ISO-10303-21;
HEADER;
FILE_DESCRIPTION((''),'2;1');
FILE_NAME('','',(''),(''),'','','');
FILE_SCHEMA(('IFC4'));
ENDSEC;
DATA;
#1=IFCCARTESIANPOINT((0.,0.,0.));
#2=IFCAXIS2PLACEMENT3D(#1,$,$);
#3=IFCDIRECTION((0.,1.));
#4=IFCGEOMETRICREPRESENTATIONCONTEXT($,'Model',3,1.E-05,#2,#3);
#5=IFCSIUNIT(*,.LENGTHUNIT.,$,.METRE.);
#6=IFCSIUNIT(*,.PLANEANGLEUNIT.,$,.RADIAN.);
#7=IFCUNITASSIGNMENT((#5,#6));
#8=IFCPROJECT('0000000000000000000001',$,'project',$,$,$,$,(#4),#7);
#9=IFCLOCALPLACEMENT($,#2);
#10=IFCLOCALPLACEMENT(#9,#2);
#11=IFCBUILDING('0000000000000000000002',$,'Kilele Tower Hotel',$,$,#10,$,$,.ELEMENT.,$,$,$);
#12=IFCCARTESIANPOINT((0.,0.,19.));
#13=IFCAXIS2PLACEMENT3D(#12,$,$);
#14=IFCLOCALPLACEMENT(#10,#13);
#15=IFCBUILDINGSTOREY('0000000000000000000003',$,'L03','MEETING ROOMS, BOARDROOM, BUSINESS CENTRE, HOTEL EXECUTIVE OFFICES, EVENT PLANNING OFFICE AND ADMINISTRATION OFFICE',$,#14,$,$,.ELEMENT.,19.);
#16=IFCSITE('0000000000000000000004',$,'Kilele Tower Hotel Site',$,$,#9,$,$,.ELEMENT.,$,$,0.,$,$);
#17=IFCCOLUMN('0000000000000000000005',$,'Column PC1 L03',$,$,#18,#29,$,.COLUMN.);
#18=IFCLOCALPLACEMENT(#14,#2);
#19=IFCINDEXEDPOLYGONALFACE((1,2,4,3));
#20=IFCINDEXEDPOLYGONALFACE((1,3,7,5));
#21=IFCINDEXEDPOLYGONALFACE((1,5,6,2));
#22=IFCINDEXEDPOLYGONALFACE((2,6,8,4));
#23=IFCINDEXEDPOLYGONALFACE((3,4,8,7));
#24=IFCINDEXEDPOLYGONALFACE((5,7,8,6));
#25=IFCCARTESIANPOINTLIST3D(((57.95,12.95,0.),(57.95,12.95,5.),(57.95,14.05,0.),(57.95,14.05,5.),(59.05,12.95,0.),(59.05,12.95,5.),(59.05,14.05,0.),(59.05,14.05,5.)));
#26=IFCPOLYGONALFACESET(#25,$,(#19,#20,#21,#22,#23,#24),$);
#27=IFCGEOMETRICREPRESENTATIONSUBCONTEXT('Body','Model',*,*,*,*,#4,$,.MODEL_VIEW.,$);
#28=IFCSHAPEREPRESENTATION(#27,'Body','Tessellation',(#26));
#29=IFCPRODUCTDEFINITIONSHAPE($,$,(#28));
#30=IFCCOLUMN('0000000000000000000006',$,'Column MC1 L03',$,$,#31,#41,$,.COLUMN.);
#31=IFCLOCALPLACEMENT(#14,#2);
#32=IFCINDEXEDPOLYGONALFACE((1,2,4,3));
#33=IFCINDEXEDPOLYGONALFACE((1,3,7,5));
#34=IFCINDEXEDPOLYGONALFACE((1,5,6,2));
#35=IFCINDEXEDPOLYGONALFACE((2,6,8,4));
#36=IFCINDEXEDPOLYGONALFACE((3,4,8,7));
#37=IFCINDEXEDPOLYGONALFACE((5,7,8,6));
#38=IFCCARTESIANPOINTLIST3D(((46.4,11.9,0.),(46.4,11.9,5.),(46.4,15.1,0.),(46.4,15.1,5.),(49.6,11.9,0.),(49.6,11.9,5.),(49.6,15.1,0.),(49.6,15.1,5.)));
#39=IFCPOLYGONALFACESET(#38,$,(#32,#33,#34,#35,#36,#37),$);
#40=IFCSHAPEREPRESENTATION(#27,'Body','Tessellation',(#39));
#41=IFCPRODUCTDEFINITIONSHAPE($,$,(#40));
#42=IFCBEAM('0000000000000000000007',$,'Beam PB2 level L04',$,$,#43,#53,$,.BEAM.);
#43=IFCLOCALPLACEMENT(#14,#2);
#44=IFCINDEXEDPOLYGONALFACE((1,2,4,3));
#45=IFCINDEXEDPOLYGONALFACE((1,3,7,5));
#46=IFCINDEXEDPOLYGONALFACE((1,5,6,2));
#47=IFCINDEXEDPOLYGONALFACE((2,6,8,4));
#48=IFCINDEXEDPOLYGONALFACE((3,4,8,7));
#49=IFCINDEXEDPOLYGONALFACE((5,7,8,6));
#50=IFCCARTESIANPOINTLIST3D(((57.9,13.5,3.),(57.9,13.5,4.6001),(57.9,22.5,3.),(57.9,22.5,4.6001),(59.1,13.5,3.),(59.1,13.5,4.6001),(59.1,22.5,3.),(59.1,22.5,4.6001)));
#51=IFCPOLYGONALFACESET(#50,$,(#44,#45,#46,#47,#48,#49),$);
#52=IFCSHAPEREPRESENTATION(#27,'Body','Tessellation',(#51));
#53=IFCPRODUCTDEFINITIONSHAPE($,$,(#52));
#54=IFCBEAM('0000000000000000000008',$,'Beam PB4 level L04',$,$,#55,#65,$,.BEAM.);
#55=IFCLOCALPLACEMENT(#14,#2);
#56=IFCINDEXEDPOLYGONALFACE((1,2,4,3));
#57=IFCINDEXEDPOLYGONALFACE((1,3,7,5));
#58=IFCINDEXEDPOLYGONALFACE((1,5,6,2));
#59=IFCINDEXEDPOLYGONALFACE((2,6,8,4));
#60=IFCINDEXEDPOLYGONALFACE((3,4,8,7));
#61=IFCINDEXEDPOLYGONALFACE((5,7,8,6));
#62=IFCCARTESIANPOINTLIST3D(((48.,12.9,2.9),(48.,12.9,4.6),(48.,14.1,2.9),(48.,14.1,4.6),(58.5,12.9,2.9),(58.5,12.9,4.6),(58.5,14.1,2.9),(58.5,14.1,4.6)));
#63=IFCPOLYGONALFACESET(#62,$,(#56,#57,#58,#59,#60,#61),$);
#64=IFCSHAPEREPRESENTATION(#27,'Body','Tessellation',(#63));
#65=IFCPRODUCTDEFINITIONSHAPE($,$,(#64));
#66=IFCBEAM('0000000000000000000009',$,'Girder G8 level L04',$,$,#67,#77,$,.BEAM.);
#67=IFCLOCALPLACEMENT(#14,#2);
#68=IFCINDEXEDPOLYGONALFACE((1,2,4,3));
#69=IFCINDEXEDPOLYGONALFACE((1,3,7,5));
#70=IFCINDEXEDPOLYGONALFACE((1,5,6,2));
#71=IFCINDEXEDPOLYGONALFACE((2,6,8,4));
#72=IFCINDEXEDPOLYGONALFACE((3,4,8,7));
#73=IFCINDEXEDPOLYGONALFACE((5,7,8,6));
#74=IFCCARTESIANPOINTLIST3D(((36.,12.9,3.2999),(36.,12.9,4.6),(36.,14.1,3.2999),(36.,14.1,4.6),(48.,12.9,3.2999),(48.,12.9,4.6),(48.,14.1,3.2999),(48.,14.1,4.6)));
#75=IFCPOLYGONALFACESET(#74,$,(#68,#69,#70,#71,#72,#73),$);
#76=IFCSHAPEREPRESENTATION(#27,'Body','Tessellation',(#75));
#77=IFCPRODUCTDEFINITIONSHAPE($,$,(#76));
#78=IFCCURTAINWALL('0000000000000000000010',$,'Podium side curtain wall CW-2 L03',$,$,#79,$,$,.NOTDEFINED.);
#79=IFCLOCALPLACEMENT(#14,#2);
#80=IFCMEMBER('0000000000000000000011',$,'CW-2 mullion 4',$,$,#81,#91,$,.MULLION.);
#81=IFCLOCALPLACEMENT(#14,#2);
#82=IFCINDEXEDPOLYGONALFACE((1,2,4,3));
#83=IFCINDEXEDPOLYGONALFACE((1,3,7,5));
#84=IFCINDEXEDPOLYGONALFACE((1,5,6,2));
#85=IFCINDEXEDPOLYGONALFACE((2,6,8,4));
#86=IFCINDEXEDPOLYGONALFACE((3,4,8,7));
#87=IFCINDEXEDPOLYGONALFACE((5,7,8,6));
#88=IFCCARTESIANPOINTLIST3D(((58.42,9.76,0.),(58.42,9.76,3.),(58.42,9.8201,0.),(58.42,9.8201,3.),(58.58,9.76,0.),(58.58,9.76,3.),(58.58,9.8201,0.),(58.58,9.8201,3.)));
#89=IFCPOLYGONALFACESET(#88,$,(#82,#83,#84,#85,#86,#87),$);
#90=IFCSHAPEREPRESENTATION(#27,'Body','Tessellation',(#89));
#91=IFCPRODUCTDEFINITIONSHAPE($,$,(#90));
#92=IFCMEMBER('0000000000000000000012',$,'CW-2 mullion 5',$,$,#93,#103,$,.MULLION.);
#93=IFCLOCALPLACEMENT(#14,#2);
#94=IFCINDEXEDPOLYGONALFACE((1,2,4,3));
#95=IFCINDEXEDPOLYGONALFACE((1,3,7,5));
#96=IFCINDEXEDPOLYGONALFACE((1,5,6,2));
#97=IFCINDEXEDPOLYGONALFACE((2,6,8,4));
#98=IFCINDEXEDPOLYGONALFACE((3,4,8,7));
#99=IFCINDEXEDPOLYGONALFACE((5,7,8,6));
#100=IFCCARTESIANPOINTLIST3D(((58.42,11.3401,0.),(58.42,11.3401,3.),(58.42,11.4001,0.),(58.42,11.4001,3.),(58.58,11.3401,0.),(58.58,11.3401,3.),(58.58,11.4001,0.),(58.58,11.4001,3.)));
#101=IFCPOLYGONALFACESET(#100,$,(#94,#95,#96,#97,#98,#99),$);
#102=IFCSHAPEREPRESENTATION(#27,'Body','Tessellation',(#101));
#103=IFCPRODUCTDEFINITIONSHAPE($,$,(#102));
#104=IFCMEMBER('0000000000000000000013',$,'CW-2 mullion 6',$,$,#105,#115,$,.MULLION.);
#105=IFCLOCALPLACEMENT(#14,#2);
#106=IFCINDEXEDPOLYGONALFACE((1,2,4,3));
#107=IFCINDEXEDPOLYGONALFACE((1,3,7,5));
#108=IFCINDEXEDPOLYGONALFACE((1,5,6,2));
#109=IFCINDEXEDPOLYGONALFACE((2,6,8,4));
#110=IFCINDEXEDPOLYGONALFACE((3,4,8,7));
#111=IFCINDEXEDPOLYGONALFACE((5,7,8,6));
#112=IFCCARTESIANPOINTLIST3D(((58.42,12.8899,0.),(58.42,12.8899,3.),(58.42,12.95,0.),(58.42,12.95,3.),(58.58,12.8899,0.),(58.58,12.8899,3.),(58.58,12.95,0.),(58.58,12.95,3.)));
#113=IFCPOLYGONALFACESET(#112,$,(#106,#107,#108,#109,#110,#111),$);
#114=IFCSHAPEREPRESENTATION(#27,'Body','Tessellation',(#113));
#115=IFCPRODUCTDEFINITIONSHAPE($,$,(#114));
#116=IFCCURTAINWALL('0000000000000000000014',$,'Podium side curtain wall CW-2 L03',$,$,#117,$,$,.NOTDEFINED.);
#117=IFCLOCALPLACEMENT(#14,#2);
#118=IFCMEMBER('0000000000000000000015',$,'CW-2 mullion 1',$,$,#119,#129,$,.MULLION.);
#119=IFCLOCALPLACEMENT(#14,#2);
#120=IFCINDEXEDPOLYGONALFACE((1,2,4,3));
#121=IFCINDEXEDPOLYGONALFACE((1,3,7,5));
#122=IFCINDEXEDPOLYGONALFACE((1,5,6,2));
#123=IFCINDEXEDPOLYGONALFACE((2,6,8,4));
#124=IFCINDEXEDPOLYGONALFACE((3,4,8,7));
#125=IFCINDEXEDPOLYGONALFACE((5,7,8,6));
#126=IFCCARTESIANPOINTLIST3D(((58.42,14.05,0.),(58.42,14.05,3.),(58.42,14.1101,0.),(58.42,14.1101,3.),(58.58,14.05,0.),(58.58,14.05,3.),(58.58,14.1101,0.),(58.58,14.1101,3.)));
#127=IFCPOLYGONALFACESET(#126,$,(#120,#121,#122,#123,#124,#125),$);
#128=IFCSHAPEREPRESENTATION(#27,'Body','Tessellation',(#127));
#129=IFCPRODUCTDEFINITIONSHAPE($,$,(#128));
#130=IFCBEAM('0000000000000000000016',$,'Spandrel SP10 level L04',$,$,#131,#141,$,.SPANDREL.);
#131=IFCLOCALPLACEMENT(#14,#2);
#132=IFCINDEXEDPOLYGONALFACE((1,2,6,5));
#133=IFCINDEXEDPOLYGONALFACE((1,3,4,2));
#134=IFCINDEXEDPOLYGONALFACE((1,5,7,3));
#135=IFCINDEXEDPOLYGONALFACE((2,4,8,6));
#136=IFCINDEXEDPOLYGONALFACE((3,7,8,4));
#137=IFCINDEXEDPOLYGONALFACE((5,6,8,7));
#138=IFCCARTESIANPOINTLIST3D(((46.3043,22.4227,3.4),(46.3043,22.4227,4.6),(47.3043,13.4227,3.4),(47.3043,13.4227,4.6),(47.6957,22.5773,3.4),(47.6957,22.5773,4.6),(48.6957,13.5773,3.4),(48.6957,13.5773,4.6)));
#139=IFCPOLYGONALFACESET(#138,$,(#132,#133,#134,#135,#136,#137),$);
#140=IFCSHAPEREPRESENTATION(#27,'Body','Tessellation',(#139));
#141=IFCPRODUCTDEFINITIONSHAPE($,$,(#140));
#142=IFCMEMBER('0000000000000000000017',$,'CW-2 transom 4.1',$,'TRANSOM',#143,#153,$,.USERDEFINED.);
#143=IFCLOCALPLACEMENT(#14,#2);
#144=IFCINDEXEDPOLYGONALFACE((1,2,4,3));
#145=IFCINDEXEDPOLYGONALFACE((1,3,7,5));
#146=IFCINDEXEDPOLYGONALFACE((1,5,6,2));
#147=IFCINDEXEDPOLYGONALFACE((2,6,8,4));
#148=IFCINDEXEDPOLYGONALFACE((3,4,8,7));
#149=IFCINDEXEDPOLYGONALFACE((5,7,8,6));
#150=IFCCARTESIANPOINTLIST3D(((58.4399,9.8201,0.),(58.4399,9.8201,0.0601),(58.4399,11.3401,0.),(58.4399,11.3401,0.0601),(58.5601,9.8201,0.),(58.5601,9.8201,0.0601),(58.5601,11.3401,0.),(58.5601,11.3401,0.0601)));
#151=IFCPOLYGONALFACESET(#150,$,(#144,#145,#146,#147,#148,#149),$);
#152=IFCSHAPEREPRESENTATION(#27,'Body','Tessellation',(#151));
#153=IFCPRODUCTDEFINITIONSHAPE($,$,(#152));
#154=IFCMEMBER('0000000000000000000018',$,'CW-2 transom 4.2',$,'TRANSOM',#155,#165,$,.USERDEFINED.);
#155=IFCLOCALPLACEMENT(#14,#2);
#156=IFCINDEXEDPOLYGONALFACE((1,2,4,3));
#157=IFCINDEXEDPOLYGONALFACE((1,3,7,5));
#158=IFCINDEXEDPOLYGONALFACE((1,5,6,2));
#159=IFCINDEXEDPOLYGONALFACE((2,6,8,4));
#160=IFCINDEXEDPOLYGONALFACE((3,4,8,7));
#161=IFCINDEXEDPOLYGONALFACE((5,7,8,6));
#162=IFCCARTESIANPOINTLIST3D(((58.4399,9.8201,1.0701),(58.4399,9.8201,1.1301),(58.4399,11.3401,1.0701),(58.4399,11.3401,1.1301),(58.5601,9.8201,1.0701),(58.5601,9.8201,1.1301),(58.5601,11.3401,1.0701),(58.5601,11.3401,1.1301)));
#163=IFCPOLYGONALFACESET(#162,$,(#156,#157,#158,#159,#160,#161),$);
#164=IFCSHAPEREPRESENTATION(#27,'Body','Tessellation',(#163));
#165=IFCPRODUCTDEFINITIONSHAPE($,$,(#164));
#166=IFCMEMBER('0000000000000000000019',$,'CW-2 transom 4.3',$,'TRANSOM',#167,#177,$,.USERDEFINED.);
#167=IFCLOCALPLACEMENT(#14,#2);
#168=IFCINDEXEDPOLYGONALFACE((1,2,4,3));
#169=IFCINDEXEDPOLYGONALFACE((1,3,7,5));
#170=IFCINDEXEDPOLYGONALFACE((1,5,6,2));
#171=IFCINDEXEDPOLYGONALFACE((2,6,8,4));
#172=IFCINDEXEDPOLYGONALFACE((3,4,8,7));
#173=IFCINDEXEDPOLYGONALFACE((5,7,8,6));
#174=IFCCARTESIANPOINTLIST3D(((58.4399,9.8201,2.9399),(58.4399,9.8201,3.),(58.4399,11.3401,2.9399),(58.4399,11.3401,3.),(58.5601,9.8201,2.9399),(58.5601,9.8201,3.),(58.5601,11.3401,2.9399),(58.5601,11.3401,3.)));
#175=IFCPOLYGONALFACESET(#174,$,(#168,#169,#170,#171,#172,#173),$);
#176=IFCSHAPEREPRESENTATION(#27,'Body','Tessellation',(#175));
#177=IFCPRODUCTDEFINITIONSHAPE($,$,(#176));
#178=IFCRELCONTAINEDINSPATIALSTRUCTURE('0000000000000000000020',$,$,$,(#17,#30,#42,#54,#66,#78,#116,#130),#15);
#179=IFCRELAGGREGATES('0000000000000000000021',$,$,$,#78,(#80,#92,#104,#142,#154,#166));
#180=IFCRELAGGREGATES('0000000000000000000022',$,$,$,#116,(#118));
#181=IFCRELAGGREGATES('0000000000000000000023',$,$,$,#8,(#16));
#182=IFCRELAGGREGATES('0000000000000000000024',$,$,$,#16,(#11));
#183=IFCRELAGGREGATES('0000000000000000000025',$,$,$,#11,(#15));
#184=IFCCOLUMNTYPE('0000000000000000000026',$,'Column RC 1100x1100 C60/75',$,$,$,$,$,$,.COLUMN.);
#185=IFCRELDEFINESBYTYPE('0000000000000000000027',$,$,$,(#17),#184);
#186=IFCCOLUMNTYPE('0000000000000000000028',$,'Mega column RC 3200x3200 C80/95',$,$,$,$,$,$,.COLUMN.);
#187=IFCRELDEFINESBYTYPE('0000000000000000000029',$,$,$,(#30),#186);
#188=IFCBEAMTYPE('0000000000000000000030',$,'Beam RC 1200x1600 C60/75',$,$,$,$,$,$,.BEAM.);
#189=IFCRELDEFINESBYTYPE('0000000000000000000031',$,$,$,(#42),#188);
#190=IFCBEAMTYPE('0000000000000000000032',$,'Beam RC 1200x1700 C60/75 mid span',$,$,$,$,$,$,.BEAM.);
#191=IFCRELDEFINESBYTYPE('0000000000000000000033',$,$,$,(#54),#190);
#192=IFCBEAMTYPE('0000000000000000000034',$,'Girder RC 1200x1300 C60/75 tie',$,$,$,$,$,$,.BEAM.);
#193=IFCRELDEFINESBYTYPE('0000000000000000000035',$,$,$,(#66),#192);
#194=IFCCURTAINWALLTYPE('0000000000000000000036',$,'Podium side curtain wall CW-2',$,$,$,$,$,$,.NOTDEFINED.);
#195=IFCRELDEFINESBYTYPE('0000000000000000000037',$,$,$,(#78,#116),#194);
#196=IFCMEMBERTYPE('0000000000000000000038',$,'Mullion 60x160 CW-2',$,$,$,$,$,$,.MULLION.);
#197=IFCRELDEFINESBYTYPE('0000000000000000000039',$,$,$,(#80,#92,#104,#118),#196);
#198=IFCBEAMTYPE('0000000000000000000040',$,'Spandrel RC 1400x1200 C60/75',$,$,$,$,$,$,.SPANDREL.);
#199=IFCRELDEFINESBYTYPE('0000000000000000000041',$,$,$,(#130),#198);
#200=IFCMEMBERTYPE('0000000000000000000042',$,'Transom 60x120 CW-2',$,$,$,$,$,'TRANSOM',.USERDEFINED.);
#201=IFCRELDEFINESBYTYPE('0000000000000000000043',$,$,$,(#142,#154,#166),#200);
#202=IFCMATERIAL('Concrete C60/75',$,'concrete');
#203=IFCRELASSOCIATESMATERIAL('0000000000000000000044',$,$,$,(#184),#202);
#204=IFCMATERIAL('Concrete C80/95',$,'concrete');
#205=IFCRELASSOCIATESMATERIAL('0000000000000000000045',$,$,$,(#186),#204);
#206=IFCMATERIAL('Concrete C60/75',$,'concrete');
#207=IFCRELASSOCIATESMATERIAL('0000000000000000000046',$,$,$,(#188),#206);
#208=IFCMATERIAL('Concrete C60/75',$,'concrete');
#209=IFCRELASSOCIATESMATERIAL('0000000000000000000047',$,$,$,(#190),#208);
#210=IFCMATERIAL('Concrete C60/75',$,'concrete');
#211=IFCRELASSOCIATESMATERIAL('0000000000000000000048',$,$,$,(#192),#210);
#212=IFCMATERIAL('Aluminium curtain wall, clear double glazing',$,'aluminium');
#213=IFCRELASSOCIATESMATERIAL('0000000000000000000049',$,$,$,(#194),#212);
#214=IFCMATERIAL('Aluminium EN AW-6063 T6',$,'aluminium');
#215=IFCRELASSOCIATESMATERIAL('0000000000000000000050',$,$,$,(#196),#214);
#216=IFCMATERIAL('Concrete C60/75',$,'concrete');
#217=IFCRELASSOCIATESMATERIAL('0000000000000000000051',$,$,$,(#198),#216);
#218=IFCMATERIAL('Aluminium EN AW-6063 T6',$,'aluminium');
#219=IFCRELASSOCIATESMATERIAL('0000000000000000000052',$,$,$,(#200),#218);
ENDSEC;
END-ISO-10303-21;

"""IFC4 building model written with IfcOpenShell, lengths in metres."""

from ifc_helpers import new_model, si_unit, direction, frame, origin, origin_2d, place, context, subcontext, project, spatial, rectangle, extrude, material, material_profile, profile_set, type_object, element, aggregate, save


model = new_model("IFC4")

# Units and contexts
model_context = context("Model", 3, precision=1e-05, world=origin(), true_north=direction((0.0, 1.0)))
body_context = subcontext(model_context, "Body", "Model", "MODEL_VIEW")
ifc_project = project(units=[si_unit("LENGTHUNIT", "METRE"), si_unit("PLANEANGLEUNIT", "RADIAN")], contexts=[model_context])

# Site, building, storey
site_placement = place(None, origin())
site = spatial("IfcSite", under=ifc_project, at=site_placement, Name="Kilele Tower Hotel Site", CompositionType="ELEMENT", RefElevation=0.0)
building_placement = place(site_placement, origin())
building = spatial("IfcBuilding", under=site, at=building_placement, Name="Kilele Tower Hotel", CompositionType="ELEMENT")
storey_placement = place(building_placement, frame((0.0, 0.0, 19.0)))
storey = spatial("IfcBuildingStorey", under=building, at=storey_placement, Name="L03", Description="MEETING ROOMS, BOARDROOM, BUSINESS CENTRE, HOTEL EXECUTIVE OFFICES, EVENT PLANNING OFFICE AND ADMINISTRATION OFFICE", CompositionType="ELEMENT", Elevation=19.0)

# Columns
ifc_material_1 = material(Name="Concrete C60/75", Category="concrete")
ifc_material_profile_1 = material_profile(ifc_material_1, rectangle(XDim=1.1001, YDim=1.1001, at=origin_2d()))
ifc_profile_set_1 = profile_set([ifc_material_profile_1], Name="Concrete C60/75")
column_type_1 = type_object("IfcColumnType", Name="Column RC 1100x1100 C60/75", PredefinedType="COLUMN", material=ifc_profile_set_1)
column_1_placement = place(storey_placement, frame((58.5, 13.5, 0.0), z_axis=(0.0, 0.0, 1.0), x_axis=(1.0, 0.0, 0.0)))
element("IfcColumn", 1, at=column_1_placement, inside=storey, type_object=column_type_1, Name="Column PC1 L03", PredefinedType="COLUMN", context=body_context, shape_type="SweptSolid", body=[
    extrude(rectangle(XDim=1.1001, YDim=1.1001, at=origin_2d()), origin(), (0.0, 0.0, 1.0), 5.0),
])
ifc_material_2 = material(Name="Concrete C80/95", Category="concrete")
ifc_material_profile_2 = material_profile(ifc_material_2, rectangle(XDim=3.2, YDim=3.2, at=origin_2d()))
ifc_profile_set_2 = profile_set([ifc_material_profile_2], Name="Concrete C80/95")
column_type_2 = type_object("IfcColumnType", Name="Mega column RC 3200x3200 C80/95", PredefinedType="COLUMN", material=ifc_profile_set_2)
column_2_placement = place(storey_placement, frame((48.0, 13.5, 0.0), z_axis=(0.0, 0.0, 1.0), x_axis=(1.0, 0.0, 0.0)))
element("IfcColumn", 2, at=column_2_placement, inside=storey, type_object=column_type_2, Name="Column MC1 L03", PredefinedType="COLUMN", context=body_context, shape_type="SweptSolid", body=[
    extrude(rectangle(XDim=3.2, YDim=3.2, at=origin_2d()), origin(), (0.0, 0.0, 1.0), 5.0),
])

# Beams
ifc_material_3 = material(Name="Concrete C60/75", Category="concrete")
ifc_material_profile_3 = material_profile(ifc_material_3, rectangle(XDim=1.2, YDim=1.6001, at=origin_2d()))
ifc_profile_set_3 = profile_set([ifc_material_profile_3], Name="Concrete C60/75")
beam_type_1 = type_object("IfcBeamType", Name="Beam RC 1200x1600 C60/75", PredefinedType="BEAM", material=ifc_profile_set_3)
beam_1_placement = place(storey_placement, frame((58.5, 13.5, 3.8), z_axis=(0.0, 1.0, 0.0), x_axis=(-1.0, 0.0, 0.0)))
element("IfcBeam", 3, at=beam_1_placement, inside=storey, type_object=beam_type_1, Name="Beam PB2 level L04", PredefinedType="BEAM", context=body_context, shape_type="SweptSolid", body=[
    extrude(rectangle(XDim=1.2, YDim=1.6001, at=origin_2d()), origin(), (0.0, 0.0, 1.0), 9.0),
])
ifc_material_4 = material(Name="Concrete C60/75", Category="concrete")
ifc_material_profile_4 = material_profile(ifc_material_4, rectangle(XDim=1.2, YDim=1.7, at=origin_2d()))
ifc_profile_set_4 = profile_set([ifc_material_profile_4], Name="Concrete C60/75")
beam_type_2 = type_object("IfcBeamType", Name="Beam RC 1200x1700 C60/75 mid span", PredefinedType="BEAM", material=ifc_profile_set_4)
beam_2_placement = place(storey_placement, frame((48.0, 13.5, 3.75), z_axis=(1.0, 0.0, 0.0), x_axis=(0.0, 1.0, 0.0)))
element("IfcBeam", 4, at=beam_2_placement, inside=storey, type_object=beam_type_2, Name="Beam PB4 level L04", PredefinedType="BEAM", context=body_context, shape_type="SweptSolid", body=[
    extrude(rectangle(XDim=1.2, YDim=1.7, at=origin_2d()), origin(), (0.0, 0.0, 1.0), 10.5),
])
ifc_material_5 = material(Name="Concrete C60/75", Category="concrete")
ifc_material_profile_5 = material_profile(ifc_material_5, rectangle(XDim=1.2, YDim=1.3, at=origin_2d()))
ifc_profile_set_5 = profile_set([ifc_material_profile_5], Name="Concrete C60/75")
beam_type_3 = type_object("IfcBeamType", Name="Girder RC 1200x1300 C60/75 tie", PredefinedType="BEAM", material=ifc_profile_set_5)
beam_3_placement = place(storey_placement, frame((48.0, 13.5, 3.95), z_axis=(-1.0, 0.0, 0.0), x_axis=(0.0, -1.0, 0.0)))
element("IfcBeam", 5, at=beam_3_placement, inside=storey, type_object=beam_type_3, Name="Girder G8 level L04", PredefinedType="BEAM", context=body_context, shape_type="SweptSolid", body=[
    extrude(rectangle(XDim=1.2, YDim=1.3, at=origin_2d()), origin(), (0.0, 0.0, 1.0), 12.0),
])

# Curtain wall, members
ifc_material_6 = material(Name="Aluminium curtain wall, clear double glazing", Category="aluminium")
curtain_wall_type = type_object("IfcCurtainWallType", Name="Podium side curtain wall CW-2", PredefinedType="NOTDEFINED", material=ifc_material_6)
curtain_wall_1_placement = place(storey_placement, origin())
curtain_wall_1 = element("IfcCurtainWall", 6, at=curtain_wall_1_placement, inside=storey, type_object=curtain_wall_type, Name="Podium side curtain wall CW-2 L03", PredefinedType="NOTDEFINED")
ifc_material_7 = material(Name="Aluminium EN AW-6063 T6", Category="aluminium")
ifc_material_profile_6 = material_profile(ifc_material_7, rectangle(XDim=0.1599, YDim=0.0601, at=origin_2d()))
ifc_profile_set_6 = profile_set([ifc_material_profile_6], Name="Aluminium EN AW-6063 T6")
member_type_1 = type_object("IfcMemberType", Name="Mullion 60x160 CW-2", PredefinedType="MULLION", material=ifc_profile_set_6)
member_1_placement = place(storey_placement, frame((58.5, 9.79, 0.0), z_axis=(0.0, 0.0, 1.0), x_axis=(-1.0, 0.0, 0.0)))
member_1 = element("IfcMember", 7, at=member_1_placement, type_object=member_type_1, Name="CW-2 mullion 4", PredefinedType="MULLION", context=body_context, shape_type="SweptSolid", body=[
    extrude(rectangle(XDim=0.1599, YDim=0.0601, at=origin_2d()), origin(), (0.0, 0.0, 1.0), 3.0),
])
member_2_placement = place(storey_placement, frame((58.5, 11.3701, 0.0), z_axis=(0.0, 0.0, 1.0), x_axis=(-1.0, 0.0, 0.0)))
member_2 = element("IfcMember", 8, at=member_2_placement, type_object=member_type_1, Name="CW-2 mullion 5", PredefinedType="MULLION", context=body_context, shape_type="SweptSolid", body=[
    extrude(rectangle(XDim=0.1599, YDim=0.0601, at=origin_2d()), origin(), (0.0, 0.0, 1.0), 3.0),
])
member_3_placement = place(storey_placement, frame((58.5, 12.9199, 0.0), z_axis=(0.0, 0.0, 1.0), x_axis=(-1.0, 0.0, 0.0)))
member_3 = element("IfcMember", 9, at=member_3_placement, type_object=member_type_1, Name="CW-2 mullion 6", PredefinedType="MULLION", context=body_context, shape_type="SweptSolid", body=[
    extrude(rectangle(XDim=0.1599, YDim=0.0601, at=origin_2d()), origin(), (0.0, 0.0, 1.0), 3.0),
])

# Curtain wall, member
curtain_wall_2_placement = place(storey_placement, origin())
curtain_wall_2 = element("IfcCurtainWall", 10, at=curtain_wall_2_placement, inside=storey, type_object=curtain_wall_type, Name="Podium side curtain wall CW-2 L03", PredefinedType="NOTDEFINED")
member_4_placement = place(storey_placement, frame((58.5, 14.0801, 0.0), z_axis=(0.0, 0.0, 1.0), x_axis=(-1.0, 0.0, 0.0)))
member_4 = element("IfcMember", 11, at=member_4_placement, type_object=member_type_1, Name="CW-2 mullion 1", PredefinedType="MULLION", context=body_context, shape_type="SweptSolid", body=[
    extrude(rectangle(XDim=0.1599, YDim=0.0601, at=origin_2d()), origin(), (0.0, 0.0, 1.0), 3.0),
])

# Beam
ifc_material_8 = material(Name="Concrete C60/75", Category="concrete")
ifc_material_profile_7 = material_profile(ifc_material_8, rectangle(XDim=1.3999, YDim=1.2, at=origin_2d()))
ifc_profile_set_7 = profile_set([ifc_material_profile_7], Name="Concrete C60/75")
beam_type_4 = type_object("IfcBeamType", Name="Spandrel RC 1400x1200 C60/75", PredefinedType="SPANDREL", material=ifc_profile_set_7)
beam_4_placement = place(storey_placement, frame((48.0, 13.5, 4.0), z_axis=(-0.110432, 0.993884, 0.0), x_axis=(-0.993884, -0.110432, 0.0)))
element("IfcBeam", 12, at=beam_4_placement, inside=storey, type_object=beam_type_4, Name="Spandrel SP10 level L04", PredefinedType="SPANDREL", context=body_context, shape_type="SweptSolid", body=[
    extrude(rectangle(XDim=1.3999, YDim=1.2, at=origin_2d()), origin(), (0.0, 0.0, 1.0), 9.0554),
])

# Members
ifc_material_9 = material(Name="Aluminium EN AW-6063 T6", Category="aluminium")
ifc_material_profile_8 = material_profile(ifc_material_9, rectangle(XDim=0.1201, YDim=0.0601, at=origin_2d()))
ifc_profile_set_8 = profile_set([ifc_material_profile_8], Name="Aluminium EN AW-6063 T6")
member_type_2 = type_object("IfcMemberType", Name="Transom 60x120 CW-2", ElementType="TRANSOM", PredefinedType="USERDEFINED", material=ifc_profile_set_8)
member_5_placement = place(storey_placement, frame((58.5, 9.8201, 0.03), z_axis=(0.0, 1.0, 0.0), x_axis=(-1.0, 0.0, 0.0)))
member_5 = element("IfcMember", 13, at=member_5_placement, type_object=member_type_2, Name="CW-2 transom 4.1", ObjectType="TRANSOM", PredefinedType="USERDEFINED", context=body_context, shape_type="SweptSolid", body=[
    extrude(rectangle(XDim=0.1201, YDim=0.0601, at=origin_2d()), origin(), (0.0, 0.0, 1.0), 1.52),
])
member_6_placement = place(storey_placement, frame((58.5, 9.8201, 1.1001), z_axis=(0.0, 1.0, 0.0), x_axis=(-1.0, 0.0, 0.0)))
member_6 = element("IfcMember", 14, at=member_6_placement, type_object=member_type_2, Name="CW-2 transom 4.2", ObjectType="TRANSOM", PredefinedType="USERDEFINED", context=body_context, shape_type="SweptSolid", body=[
    extrude(rectangle(XDim=0.1201, YDim=0.0601, at=origin_2d()), origin(), (0.0, 0.0, 1.0), 1.52),
])
member_7_placement = place(storey_placement, frame((58.5, 9.8201, 2.97), z_axis=(0.0, 1.0, 0.0), x_axis=(-1.0, 0.0, 0.0)))
member_7 = element("IfcMember", 15, at=member_7_placement, type_object=member_type_2, Name="CW-2 transom 4.3", ObjectType="TRANSOM", PredefinedType="USERDEFINED", context=body_context, shape_type="SweptSolid", body=[
    extrude(rectangle(XDim=0.1201, YDim=0.0601, at=origin_2d()), origin(), (0.0, 0.0, 1.0), 1.52),
])

aggregate(curtain_wall_1, [member_1, member_2, member_3, member_5, member_6, member_7])
aggregate(curtain_wall_2, [member_4])

save(model, "model.ifc")
